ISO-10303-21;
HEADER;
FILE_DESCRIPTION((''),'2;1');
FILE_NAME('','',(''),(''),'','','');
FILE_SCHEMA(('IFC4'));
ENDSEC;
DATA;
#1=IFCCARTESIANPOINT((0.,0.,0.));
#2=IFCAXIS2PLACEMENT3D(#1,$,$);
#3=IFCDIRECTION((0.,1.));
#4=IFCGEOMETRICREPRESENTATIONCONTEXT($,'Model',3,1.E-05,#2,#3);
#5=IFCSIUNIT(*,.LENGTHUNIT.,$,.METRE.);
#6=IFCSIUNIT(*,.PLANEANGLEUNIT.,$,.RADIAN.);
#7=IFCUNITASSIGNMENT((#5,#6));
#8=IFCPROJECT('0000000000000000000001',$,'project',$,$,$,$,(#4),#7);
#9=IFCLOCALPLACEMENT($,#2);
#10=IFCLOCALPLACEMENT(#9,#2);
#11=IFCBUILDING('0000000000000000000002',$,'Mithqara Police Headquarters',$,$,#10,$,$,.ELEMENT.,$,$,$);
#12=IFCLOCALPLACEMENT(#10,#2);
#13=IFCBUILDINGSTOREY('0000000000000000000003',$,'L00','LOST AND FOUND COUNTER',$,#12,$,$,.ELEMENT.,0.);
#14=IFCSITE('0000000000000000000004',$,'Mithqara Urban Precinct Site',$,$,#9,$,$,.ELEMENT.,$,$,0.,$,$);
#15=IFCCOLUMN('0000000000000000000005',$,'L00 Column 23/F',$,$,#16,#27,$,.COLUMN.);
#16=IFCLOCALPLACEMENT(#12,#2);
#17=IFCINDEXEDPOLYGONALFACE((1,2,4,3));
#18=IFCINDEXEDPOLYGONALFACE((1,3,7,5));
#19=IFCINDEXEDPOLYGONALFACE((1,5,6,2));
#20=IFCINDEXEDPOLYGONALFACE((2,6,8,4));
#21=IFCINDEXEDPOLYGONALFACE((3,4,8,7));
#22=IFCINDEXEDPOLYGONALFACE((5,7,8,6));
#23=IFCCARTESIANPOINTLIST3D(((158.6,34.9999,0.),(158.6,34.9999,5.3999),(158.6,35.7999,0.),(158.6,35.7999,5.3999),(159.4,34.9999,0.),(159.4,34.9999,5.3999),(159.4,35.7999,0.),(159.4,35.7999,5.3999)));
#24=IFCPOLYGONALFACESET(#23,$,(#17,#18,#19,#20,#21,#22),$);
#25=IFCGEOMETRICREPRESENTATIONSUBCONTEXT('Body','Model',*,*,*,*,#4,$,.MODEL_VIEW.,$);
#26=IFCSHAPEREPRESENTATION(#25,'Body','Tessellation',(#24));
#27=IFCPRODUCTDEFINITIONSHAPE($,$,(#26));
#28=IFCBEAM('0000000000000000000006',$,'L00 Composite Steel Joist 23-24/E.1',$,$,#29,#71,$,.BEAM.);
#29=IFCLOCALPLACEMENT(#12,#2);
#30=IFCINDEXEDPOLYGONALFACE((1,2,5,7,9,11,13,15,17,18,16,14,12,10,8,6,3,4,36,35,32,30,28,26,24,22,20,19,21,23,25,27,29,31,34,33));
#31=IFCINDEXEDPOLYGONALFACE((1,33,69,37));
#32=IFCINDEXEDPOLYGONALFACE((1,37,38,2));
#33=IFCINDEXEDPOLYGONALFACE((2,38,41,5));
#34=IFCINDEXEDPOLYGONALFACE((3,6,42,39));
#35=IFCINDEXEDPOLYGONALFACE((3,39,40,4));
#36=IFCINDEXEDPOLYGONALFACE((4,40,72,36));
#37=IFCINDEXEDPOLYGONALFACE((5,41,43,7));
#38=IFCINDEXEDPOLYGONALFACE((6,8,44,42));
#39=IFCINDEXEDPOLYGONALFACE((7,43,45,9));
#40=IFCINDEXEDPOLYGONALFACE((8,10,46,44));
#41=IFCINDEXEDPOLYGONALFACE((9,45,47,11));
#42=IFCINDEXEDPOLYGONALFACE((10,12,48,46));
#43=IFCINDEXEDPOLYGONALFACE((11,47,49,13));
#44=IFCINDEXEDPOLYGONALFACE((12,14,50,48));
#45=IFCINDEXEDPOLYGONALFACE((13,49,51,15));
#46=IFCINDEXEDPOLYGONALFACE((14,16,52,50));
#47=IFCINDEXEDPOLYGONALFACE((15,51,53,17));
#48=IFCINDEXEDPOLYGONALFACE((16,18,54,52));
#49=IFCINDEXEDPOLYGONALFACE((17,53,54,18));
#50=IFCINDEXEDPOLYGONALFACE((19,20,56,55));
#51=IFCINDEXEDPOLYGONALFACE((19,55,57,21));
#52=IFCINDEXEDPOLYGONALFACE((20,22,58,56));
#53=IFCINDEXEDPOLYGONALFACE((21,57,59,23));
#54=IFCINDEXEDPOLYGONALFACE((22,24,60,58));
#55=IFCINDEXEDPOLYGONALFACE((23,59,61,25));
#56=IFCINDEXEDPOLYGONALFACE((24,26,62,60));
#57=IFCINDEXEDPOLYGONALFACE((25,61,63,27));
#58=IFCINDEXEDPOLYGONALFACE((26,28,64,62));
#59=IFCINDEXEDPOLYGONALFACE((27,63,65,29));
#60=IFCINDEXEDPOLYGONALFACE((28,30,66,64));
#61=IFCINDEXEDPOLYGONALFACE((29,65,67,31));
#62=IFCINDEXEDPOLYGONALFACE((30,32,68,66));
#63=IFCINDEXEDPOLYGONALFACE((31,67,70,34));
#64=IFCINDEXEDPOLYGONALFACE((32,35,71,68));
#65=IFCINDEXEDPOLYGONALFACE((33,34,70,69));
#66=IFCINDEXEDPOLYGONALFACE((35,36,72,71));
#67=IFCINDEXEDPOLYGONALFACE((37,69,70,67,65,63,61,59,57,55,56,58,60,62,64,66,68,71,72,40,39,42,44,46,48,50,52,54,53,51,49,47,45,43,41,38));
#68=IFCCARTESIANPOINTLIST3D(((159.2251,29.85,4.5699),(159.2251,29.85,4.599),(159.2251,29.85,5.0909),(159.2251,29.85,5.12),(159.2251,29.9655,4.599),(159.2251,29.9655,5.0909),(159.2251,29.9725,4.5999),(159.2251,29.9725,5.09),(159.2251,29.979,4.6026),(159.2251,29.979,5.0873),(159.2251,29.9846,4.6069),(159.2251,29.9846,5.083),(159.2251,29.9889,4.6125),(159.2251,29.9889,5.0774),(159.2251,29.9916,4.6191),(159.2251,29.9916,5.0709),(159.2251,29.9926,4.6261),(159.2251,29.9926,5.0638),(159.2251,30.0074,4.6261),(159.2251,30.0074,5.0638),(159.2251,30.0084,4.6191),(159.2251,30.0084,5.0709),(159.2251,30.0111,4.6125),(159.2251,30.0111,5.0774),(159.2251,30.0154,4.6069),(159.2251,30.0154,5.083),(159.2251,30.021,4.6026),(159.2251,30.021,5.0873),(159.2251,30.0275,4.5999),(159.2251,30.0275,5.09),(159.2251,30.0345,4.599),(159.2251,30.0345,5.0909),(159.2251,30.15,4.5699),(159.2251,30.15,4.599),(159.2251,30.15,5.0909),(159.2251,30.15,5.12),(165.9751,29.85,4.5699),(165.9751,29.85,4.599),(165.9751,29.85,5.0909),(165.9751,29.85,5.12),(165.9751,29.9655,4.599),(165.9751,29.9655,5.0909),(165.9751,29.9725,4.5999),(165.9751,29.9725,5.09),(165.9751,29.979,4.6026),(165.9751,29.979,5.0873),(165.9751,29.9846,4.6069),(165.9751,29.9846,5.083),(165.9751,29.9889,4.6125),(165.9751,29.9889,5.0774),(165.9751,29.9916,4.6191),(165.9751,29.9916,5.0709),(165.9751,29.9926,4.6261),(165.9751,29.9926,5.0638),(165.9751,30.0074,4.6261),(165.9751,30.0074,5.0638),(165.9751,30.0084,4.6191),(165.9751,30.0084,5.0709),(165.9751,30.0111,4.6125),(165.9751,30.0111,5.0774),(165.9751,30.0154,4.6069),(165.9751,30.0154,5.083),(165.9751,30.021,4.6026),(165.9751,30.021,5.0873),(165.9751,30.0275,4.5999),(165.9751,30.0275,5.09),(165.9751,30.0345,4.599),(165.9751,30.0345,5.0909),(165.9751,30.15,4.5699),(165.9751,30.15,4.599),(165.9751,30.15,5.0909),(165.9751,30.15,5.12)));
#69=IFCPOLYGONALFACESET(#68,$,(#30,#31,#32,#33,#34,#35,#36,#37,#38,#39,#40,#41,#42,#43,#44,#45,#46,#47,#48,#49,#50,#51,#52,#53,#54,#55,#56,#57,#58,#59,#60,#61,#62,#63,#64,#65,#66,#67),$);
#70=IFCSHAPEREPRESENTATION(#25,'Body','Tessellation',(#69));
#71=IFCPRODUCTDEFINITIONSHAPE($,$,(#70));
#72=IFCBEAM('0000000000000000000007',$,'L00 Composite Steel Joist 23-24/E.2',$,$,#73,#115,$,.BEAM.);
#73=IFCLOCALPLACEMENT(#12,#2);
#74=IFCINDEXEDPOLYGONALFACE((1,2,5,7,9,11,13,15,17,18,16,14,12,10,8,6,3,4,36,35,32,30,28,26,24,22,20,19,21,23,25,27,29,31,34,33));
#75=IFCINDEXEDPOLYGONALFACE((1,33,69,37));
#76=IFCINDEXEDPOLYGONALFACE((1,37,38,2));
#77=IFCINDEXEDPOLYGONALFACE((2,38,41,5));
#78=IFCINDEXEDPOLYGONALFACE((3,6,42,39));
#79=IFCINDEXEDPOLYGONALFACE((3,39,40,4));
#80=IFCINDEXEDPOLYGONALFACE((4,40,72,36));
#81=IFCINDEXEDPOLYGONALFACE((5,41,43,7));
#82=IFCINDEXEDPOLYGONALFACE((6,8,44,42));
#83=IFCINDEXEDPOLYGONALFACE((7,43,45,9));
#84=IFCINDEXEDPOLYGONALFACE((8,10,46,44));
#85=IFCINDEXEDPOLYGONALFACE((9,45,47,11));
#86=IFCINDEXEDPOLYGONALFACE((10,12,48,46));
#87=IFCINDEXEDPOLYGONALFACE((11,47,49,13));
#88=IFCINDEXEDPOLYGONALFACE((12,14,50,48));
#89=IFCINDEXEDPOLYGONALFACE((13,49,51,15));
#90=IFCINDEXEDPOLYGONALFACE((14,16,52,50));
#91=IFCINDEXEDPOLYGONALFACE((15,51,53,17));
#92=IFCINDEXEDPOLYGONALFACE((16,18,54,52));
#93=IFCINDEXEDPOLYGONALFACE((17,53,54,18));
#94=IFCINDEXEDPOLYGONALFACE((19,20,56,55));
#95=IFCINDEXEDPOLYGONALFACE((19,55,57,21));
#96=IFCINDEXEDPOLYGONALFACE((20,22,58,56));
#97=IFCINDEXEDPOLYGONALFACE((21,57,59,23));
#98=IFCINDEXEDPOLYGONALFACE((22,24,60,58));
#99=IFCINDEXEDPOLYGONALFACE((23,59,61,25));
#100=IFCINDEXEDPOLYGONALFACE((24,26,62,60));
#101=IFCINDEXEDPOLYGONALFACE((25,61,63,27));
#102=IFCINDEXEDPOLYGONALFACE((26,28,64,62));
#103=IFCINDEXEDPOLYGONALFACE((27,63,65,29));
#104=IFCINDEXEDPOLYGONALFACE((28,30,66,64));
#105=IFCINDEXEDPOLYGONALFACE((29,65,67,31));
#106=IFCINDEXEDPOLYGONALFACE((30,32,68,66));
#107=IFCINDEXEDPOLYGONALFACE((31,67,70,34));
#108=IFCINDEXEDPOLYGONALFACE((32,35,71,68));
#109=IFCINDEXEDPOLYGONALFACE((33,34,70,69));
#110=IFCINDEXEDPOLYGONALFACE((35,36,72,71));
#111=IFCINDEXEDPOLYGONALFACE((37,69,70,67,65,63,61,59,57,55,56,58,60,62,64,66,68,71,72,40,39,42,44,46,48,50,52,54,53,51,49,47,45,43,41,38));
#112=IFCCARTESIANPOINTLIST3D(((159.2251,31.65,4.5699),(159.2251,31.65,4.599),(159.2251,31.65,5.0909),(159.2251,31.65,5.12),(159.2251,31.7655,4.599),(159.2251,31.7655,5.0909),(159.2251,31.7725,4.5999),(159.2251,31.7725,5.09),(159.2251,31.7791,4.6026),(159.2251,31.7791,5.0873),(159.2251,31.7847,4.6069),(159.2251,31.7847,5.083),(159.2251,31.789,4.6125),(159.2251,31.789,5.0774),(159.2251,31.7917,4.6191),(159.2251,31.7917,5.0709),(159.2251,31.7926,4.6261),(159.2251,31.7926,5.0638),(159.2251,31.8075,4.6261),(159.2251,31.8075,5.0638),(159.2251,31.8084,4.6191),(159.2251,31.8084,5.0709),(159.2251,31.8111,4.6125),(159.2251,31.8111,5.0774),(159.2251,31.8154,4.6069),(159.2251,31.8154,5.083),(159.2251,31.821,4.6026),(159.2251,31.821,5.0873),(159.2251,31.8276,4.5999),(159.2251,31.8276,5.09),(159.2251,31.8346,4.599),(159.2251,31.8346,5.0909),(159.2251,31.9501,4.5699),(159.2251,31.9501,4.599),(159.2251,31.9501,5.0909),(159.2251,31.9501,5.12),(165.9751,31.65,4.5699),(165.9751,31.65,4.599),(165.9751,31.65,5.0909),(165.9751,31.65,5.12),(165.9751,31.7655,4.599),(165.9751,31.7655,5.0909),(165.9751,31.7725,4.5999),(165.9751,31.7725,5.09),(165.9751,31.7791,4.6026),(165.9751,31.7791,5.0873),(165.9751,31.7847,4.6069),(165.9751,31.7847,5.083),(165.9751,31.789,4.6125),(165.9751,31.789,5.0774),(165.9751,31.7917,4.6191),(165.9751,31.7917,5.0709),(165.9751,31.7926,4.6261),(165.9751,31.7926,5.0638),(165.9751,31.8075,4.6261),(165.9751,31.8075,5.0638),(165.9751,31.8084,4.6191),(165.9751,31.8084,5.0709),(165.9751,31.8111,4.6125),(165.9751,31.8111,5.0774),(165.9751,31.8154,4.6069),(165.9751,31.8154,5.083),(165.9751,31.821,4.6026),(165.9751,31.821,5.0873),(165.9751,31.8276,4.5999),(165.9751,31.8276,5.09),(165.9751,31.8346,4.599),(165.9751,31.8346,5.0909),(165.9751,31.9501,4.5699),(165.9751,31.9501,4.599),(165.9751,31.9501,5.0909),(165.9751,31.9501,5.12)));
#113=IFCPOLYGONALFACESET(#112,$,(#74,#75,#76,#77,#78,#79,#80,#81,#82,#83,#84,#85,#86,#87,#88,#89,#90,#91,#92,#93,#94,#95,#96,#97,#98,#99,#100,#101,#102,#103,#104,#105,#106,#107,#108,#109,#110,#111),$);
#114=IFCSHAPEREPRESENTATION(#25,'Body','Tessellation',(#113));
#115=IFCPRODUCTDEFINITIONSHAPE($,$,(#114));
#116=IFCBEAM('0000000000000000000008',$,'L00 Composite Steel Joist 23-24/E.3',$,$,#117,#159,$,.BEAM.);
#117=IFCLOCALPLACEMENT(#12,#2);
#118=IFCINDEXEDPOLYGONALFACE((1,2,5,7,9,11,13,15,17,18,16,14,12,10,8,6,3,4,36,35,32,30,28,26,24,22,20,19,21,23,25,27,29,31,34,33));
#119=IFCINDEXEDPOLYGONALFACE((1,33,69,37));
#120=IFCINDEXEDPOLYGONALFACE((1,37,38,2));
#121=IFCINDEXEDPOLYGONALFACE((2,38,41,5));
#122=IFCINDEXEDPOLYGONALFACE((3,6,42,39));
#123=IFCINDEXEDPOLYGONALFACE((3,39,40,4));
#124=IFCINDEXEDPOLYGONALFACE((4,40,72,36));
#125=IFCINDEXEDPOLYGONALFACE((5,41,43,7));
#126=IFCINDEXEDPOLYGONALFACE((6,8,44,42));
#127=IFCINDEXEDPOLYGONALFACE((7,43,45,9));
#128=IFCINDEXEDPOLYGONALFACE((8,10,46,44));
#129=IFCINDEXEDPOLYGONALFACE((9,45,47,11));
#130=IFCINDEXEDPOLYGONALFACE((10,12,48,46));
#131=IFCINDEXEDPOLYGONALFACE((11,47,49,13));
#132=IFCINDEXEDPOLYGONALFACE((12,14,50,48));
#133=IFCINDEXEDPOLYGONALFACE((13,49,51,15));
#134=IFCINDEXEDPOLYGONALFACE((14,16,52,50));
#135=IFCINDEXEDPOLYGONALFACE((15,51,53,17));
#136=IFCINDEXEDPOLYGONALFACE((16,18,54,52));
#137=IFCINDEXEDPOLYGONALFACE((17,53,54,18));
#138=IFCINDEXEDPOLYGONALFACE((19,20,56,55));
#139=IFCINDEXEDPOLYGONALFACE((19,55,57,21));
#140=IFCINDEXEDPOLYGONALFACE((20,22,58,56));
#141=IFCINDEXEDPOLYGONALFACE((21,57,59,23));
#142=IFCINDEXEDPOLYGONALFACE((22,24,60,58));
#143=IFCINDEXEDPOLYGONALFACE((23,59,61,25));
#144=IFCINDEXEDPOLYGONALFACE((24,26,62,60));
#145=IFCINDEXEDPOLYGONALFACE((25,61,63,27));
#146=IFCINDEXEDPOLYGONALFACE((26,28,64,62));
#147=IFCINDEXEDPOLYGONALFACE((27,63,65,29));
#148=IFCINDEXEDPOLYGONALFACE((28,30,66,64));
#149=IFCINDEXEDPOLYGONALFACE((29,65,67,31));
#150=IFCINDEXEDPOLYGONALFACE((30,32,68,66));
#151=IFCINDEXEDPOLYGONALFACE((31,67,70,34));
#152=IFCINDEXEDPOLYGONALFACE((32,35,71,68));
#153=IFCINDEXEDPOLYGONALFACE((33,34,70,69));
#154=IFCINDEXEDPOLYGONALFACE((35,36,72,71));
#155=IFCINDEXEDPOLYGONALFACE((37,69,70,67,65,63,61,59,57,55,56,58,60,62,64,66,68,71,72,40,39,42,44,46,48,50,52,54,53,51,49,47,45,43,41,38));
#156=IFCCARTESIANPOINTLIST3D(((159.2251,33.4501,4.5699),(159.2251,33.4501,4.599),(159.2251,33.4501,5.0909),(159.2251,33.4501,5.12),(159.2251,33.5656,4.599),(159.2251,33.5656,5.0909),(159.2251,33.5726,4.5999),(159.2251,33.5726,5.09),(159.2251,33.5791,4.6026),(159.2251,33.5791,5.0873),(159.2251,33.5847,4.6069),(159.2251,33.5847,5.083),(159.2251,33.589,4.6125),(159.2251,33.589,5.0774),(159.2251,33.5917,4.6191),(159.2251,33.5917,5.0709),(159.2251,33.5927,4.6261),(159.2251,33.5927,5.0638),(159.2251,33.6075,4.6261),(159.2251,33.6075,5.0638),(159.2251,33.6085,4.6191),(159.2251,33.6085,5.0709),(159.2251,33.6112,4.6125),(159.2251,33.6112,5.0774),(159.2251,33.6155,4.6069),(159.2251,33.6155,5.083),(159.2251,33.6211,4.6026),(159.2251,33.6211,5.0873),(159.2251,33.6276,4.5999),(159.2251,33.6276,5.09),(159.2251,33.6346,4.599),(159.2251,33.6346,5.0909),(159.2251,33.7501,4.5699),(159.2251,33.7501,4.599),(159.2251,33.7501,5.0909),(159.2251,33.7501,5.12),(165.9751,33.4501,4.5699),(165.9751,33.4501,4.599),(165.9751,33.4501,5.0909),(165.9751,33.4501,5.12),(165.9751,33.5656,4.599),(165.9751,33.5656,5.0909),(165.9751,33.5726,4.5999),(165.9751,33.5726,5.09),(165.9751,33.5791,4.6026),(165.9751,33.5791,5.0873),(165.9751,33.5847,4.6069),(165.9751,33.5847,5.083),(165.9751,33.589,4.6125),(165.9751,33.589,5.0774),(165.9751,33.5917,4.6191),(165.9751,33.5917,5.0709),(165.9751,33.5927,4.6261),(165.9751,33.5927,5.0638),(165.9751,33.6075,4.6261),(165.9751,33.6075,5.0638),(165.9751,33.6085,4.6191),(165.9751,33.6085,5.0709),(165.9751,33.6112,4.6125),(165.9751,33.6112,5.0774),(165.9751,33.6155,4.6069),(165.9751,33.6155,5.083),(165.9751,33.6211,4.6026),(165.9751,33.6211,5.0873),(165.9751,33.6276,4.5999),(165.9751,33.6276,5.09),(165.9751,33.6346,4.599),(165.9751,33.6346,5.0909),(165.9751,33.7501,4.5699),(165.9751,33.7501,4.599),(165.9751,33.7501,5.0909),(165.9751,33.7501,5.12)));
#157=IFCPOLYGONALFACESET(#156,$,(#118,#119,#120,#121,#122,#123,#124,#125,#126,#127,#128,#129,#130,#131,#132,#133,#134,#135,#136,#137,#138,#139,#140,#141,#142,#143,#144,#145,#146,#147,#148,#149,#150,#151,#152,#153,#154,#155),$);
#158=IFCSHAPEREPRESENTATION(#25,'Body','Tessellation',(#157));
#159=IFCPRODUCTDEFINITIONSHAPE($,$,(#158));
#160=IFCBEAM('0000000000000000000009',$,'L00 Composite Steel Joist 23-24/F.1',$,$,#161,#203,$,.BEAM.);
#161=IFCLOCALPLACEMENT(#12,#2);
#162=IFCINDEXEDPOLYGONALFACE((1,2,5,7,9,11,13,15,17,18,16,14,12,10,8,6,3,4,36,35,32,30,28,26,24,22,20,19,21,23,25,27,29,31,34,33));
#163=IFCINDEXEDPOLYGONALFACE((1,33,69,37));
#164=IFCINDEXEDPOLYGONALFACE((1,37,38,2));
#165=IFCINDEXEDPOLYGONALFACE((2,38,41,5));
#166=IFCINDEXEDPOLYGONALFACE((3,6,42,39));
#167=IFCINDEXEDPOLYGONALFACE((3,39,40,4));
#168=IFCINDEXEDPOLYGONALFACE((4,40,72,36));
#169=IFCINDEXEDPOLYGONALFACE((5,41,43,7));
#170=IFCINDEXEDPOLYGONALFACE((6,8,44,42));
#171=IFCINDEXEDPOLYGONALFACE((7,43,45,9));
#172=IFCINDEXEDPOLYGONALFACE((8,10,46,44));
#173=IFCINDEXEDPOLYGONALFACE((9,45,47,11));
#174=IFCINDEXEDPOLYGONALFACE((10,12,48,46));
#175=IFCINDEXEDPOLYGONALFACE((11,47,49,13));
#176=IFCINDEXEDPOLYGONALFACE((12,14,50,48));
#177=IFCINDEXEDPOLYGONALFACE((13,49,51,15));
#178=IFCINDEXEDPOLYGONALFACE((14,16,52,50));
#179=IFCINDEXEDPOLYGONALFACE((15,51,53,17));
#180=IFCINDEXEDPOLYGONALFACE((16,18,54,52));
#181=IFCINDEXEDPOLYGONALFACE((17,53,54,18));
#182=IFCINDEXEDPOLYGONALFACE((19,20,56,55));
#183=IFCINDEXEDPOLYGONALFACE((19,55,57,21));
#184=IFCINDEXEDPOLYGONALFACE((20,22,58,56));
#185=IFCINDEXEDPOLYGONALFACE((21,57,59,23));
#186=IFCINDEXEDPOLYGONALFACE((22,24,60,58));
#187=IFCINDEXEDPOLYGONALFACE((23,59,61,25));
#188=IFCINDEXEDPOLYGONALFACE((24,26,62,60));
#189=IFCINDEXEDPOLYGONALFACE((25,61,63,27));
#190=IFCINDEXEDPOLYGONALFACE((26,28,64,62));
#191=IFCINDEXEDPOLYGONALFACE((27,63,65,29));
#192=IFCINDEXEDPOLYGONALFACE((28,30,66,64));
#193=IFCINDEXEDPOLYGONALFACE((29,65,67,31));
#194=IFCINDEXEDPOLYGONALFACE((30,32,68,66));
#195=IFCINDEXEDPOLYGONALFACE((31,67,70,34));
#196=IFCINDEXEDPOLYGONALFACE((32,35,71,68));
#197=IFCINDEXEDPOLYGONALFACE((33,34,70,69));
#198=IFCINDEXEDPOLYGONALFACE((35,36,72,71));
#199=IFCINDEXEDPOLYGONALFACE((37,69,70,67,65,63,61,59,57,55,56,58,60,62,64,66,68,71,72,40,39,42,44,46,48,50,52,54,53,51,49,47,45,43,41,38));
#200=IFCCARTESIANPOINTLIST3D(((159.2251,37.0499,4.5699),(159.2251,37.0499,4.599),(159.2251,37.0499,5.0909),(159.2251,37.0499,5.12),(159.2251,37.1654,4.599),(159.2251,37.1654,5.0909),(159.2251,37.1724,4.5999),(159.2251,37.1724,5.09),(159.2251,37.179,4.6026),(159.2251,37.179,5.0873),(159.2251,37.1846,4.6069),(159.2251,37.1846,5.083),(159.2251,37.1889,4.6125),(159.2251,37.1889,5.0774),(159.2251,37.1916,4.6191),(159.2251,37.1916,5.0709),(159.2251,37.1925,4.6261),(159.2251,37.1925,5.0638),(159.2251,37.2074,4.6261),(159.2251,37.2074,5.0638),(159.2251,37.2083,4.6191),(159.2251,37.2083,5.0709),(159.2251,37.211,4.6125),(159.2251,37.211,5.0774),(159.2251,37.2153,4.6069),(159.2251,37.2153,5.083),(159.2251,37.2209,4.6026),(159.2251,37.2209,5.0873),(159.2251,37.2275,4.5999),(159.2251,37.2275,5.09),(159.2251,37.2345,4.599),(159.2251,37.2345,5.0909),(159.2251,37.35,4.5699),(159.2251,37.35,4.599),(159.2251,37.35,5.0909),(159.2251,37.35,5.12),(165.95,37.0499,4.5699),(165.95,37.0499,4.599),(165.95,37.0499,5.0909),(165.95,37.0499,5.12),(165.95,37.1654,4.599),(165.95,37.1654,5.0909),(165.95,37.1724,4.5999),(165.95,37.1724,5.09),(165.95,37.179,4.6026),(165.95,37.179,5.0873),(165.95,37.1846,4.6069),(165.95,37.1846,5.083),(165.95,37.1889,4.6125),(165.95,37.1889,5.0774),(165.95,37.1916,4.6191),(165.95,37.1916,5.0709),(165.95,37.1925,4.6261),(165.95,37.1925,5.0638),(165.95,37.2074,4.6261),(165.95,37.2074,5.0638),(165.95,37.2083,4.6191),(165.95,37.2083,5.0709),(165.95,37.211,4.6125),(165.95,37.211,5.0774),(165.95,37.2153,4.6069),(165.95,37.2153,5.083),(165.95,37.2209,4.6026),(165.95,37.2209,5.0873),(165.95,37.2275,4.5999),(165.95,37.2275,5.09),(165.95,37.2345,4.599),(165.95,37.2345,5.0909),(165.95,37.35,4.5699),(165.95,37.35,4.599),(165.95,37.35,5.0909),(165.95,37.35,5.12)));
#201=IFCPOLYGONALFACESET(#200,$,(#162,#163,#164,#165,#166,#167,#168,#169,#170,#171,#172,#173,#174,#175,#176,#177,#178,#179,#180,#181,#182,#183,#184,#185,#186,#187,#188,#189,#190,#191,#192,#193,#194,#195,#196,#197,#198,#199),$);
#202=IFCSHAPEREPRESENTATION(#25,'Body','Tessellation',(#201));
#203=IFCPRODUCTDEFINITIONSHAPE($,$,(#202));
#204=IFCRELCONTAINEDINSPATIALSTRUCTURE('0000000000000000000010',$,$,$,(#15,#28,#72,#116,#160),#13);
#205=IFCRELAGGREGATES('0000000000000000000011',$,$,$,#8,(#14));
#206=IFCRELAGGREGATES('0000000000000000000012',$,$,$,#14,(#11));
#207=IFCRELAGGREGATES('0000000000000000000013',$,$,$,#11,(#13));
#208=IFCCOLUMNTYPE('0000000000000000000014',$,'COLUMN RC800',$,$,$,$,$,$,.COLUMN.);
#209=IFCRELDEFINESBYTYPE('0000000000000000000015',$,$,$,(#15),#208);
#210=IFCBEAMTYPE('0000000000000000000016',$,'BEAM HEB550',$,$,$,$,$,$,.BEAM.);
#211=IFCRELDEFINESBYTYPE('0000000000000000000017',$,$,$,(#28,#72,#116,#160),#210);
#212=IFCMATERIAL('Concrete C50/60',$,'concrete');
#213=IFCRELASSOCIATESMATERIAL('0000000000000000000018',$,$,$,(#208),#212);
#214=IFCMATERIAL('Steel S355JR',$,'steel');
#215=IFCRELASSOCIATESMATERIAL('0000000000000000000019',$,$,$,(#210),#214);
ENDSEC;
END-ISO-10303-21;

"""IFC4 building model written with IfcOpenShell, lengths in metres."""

from ifc_helpers import new_model, si_unit, direction, frame, origin, origin_2d, place, context, subcontext, project, spatial, rectangle, i_section, extrude, material, material_profile, profile_set, type_object, element, save


model = new_model("IFC4")

# Units and contexts
model_context = context("Model", 3, precision=1e-05, world=origin(), true_north=direction((0.0, 1.0)))
body_context = subcontext(model_context, "Body", "Model", "MODEL_VIEW")
ifc_project = project(units=[si_unit("LENGTHUNIT", "METRE"), si_unit("PLANEANGLEUNIT", "RADIAN")], contexts=[model_context])

# Site, building, storey
site_placement = place(None, origin())
site = spatial("IfcSite", under=ifc_project, at=site_placement, Name="Mithqara Urban Precinct Site", CompositionType="ELEMENT", RefElevation=0.0)
building_placement = place(site_placement, origin())
building = spatial("IfcBuilding", under=site, at=building_placement, Name="Mithqara Police Headquarters", CompositionType="ELEMENT")
storey_placement = place(building_placement, origin())
storey = spatial("IfcBuildingStorey", under=building, at=storey_placement, Name="L00", Description="LOST AND FOUND COUNTER", CompositionType="ELEMENT", Elevation=0.0)

# Column
ifc_material_1 = material(Name="Concrete C50/60", Category="concrete")
ifc_material_profile_1 = material_profile(ifc_material_1, rectangle(XDim=0.8, YDim=0.8, at=origin_2d()), Name="RC 800x800")
ifc_profile_set_1 = profile_set([ifc_material_profile_1], Name="Concrete C50/60")
column_type = type_object("IfcColumnType", Name="COLUMN RC800", PredefinedType="COLUMN", material=ifc_profile_set_1)
column_placement = place(storey_placement, frame((159.0, 35.3999, 0.0), z_axis=(0.0, 0.0, 1.0), x_axis=(1.0, 0.0, 0.0)))
element("IfcColumn", 1, at=column_placement, inside=storey, type_object=column_type, Name="L00 Column 23/F", PredefinedType="COLUMN", context=body_context, shape_type="SweptSolid", body=[
    extrude(rectangle(XDim=0.8, YDim=0.8, at=origin_2d()), origin(), (0.0, 0.0, 1.0), 5.3999),
])

# Beams
ifc_material_2 = material(Name="Steel S355JR", Category="steel")
ifc_material_profile_2 = material_profile(ifc_material_2, i_section(OverallWidth=0.3, OverallDepth=0.55, WebThickness=0.0149, FlangeThickness=0.0291, FilletRadius=0.0271, at=origin_2d()), Name="HEB 550")
ifc_profile_set_2 = profile_set([ifc_material_profile_2], Name="Steel S355JR")
beam_type_1 = type_object("IfcBeamType", Name="BEAM HEB550", PredefinedType="BEAM", material=ifc_profile_set_2)
for number, where, z_axis, x_axis, name in (
    (2, (159.2251, 30.0, 4.845), (1.0, 0.0, 0.0), (0.0, 1.0, 0.0), "L00 Composite Steel Joist 23-24/E.1"),
    (3, (159.2251, 31.8, 4.845), (1.0, 0.0, 0.0), (0.0, 1.0, 0.0), "L00 Composite Steel Joist 23-24/E.2"),
    (4, (159.2251, 33.6001, 4.845), (1.0, 0.0, 0.0), (0.0, 1.0, 0.0), "L00 Composite Steel Joist 23-24/E.3"),
):
    element("IfcBeam", number, at=place(storey_placement, frame(where, z_axis=z_axis, x_axis=x_axis)), inside=storey, type_object=beam_type_1, Name=name, PredefinedType="BEAM", context=body_context, shape_type="SweptSolid", body=[
        extrude(i_section(OverallWidth=0.3, OverallDepth=0.55, WebThickness=0.0149, FlangeThickness=0.0291, FilletRadius=0.0271, at=origin_2d()), origin(), (0.0, 0.0, 1.0), 6.75),
    ])
for number, where, z_axis, x_axis, name in (
    (5, (159.2251, 37.2, 4.845), (1.0, 0.0, 0.0), (0.0, 1.0, 0.0), "L00 Composite Steel Joist 23-24/F.1"),
):
    element("IfcBeam", number, at=place(storey_placement, frame(where, z_axis=z_axis, x_axis=x_axis)), inside=storey, type_object=beam_type_1, Name=name, PredefinedType="BEAM", context=body_context, shape_type="SweptSolid", body=[
        extrude(i_section(OverallWidth=0.3, OverallDepth=0.55, WebThickness=0.0149, FlangeThickness=0.0291, FilletRadius=0.0271, at=origin_2d()), origin(), (0.0, 0.0, 1.0), 6.7249),
    ])

save(model, "model.ifc")
